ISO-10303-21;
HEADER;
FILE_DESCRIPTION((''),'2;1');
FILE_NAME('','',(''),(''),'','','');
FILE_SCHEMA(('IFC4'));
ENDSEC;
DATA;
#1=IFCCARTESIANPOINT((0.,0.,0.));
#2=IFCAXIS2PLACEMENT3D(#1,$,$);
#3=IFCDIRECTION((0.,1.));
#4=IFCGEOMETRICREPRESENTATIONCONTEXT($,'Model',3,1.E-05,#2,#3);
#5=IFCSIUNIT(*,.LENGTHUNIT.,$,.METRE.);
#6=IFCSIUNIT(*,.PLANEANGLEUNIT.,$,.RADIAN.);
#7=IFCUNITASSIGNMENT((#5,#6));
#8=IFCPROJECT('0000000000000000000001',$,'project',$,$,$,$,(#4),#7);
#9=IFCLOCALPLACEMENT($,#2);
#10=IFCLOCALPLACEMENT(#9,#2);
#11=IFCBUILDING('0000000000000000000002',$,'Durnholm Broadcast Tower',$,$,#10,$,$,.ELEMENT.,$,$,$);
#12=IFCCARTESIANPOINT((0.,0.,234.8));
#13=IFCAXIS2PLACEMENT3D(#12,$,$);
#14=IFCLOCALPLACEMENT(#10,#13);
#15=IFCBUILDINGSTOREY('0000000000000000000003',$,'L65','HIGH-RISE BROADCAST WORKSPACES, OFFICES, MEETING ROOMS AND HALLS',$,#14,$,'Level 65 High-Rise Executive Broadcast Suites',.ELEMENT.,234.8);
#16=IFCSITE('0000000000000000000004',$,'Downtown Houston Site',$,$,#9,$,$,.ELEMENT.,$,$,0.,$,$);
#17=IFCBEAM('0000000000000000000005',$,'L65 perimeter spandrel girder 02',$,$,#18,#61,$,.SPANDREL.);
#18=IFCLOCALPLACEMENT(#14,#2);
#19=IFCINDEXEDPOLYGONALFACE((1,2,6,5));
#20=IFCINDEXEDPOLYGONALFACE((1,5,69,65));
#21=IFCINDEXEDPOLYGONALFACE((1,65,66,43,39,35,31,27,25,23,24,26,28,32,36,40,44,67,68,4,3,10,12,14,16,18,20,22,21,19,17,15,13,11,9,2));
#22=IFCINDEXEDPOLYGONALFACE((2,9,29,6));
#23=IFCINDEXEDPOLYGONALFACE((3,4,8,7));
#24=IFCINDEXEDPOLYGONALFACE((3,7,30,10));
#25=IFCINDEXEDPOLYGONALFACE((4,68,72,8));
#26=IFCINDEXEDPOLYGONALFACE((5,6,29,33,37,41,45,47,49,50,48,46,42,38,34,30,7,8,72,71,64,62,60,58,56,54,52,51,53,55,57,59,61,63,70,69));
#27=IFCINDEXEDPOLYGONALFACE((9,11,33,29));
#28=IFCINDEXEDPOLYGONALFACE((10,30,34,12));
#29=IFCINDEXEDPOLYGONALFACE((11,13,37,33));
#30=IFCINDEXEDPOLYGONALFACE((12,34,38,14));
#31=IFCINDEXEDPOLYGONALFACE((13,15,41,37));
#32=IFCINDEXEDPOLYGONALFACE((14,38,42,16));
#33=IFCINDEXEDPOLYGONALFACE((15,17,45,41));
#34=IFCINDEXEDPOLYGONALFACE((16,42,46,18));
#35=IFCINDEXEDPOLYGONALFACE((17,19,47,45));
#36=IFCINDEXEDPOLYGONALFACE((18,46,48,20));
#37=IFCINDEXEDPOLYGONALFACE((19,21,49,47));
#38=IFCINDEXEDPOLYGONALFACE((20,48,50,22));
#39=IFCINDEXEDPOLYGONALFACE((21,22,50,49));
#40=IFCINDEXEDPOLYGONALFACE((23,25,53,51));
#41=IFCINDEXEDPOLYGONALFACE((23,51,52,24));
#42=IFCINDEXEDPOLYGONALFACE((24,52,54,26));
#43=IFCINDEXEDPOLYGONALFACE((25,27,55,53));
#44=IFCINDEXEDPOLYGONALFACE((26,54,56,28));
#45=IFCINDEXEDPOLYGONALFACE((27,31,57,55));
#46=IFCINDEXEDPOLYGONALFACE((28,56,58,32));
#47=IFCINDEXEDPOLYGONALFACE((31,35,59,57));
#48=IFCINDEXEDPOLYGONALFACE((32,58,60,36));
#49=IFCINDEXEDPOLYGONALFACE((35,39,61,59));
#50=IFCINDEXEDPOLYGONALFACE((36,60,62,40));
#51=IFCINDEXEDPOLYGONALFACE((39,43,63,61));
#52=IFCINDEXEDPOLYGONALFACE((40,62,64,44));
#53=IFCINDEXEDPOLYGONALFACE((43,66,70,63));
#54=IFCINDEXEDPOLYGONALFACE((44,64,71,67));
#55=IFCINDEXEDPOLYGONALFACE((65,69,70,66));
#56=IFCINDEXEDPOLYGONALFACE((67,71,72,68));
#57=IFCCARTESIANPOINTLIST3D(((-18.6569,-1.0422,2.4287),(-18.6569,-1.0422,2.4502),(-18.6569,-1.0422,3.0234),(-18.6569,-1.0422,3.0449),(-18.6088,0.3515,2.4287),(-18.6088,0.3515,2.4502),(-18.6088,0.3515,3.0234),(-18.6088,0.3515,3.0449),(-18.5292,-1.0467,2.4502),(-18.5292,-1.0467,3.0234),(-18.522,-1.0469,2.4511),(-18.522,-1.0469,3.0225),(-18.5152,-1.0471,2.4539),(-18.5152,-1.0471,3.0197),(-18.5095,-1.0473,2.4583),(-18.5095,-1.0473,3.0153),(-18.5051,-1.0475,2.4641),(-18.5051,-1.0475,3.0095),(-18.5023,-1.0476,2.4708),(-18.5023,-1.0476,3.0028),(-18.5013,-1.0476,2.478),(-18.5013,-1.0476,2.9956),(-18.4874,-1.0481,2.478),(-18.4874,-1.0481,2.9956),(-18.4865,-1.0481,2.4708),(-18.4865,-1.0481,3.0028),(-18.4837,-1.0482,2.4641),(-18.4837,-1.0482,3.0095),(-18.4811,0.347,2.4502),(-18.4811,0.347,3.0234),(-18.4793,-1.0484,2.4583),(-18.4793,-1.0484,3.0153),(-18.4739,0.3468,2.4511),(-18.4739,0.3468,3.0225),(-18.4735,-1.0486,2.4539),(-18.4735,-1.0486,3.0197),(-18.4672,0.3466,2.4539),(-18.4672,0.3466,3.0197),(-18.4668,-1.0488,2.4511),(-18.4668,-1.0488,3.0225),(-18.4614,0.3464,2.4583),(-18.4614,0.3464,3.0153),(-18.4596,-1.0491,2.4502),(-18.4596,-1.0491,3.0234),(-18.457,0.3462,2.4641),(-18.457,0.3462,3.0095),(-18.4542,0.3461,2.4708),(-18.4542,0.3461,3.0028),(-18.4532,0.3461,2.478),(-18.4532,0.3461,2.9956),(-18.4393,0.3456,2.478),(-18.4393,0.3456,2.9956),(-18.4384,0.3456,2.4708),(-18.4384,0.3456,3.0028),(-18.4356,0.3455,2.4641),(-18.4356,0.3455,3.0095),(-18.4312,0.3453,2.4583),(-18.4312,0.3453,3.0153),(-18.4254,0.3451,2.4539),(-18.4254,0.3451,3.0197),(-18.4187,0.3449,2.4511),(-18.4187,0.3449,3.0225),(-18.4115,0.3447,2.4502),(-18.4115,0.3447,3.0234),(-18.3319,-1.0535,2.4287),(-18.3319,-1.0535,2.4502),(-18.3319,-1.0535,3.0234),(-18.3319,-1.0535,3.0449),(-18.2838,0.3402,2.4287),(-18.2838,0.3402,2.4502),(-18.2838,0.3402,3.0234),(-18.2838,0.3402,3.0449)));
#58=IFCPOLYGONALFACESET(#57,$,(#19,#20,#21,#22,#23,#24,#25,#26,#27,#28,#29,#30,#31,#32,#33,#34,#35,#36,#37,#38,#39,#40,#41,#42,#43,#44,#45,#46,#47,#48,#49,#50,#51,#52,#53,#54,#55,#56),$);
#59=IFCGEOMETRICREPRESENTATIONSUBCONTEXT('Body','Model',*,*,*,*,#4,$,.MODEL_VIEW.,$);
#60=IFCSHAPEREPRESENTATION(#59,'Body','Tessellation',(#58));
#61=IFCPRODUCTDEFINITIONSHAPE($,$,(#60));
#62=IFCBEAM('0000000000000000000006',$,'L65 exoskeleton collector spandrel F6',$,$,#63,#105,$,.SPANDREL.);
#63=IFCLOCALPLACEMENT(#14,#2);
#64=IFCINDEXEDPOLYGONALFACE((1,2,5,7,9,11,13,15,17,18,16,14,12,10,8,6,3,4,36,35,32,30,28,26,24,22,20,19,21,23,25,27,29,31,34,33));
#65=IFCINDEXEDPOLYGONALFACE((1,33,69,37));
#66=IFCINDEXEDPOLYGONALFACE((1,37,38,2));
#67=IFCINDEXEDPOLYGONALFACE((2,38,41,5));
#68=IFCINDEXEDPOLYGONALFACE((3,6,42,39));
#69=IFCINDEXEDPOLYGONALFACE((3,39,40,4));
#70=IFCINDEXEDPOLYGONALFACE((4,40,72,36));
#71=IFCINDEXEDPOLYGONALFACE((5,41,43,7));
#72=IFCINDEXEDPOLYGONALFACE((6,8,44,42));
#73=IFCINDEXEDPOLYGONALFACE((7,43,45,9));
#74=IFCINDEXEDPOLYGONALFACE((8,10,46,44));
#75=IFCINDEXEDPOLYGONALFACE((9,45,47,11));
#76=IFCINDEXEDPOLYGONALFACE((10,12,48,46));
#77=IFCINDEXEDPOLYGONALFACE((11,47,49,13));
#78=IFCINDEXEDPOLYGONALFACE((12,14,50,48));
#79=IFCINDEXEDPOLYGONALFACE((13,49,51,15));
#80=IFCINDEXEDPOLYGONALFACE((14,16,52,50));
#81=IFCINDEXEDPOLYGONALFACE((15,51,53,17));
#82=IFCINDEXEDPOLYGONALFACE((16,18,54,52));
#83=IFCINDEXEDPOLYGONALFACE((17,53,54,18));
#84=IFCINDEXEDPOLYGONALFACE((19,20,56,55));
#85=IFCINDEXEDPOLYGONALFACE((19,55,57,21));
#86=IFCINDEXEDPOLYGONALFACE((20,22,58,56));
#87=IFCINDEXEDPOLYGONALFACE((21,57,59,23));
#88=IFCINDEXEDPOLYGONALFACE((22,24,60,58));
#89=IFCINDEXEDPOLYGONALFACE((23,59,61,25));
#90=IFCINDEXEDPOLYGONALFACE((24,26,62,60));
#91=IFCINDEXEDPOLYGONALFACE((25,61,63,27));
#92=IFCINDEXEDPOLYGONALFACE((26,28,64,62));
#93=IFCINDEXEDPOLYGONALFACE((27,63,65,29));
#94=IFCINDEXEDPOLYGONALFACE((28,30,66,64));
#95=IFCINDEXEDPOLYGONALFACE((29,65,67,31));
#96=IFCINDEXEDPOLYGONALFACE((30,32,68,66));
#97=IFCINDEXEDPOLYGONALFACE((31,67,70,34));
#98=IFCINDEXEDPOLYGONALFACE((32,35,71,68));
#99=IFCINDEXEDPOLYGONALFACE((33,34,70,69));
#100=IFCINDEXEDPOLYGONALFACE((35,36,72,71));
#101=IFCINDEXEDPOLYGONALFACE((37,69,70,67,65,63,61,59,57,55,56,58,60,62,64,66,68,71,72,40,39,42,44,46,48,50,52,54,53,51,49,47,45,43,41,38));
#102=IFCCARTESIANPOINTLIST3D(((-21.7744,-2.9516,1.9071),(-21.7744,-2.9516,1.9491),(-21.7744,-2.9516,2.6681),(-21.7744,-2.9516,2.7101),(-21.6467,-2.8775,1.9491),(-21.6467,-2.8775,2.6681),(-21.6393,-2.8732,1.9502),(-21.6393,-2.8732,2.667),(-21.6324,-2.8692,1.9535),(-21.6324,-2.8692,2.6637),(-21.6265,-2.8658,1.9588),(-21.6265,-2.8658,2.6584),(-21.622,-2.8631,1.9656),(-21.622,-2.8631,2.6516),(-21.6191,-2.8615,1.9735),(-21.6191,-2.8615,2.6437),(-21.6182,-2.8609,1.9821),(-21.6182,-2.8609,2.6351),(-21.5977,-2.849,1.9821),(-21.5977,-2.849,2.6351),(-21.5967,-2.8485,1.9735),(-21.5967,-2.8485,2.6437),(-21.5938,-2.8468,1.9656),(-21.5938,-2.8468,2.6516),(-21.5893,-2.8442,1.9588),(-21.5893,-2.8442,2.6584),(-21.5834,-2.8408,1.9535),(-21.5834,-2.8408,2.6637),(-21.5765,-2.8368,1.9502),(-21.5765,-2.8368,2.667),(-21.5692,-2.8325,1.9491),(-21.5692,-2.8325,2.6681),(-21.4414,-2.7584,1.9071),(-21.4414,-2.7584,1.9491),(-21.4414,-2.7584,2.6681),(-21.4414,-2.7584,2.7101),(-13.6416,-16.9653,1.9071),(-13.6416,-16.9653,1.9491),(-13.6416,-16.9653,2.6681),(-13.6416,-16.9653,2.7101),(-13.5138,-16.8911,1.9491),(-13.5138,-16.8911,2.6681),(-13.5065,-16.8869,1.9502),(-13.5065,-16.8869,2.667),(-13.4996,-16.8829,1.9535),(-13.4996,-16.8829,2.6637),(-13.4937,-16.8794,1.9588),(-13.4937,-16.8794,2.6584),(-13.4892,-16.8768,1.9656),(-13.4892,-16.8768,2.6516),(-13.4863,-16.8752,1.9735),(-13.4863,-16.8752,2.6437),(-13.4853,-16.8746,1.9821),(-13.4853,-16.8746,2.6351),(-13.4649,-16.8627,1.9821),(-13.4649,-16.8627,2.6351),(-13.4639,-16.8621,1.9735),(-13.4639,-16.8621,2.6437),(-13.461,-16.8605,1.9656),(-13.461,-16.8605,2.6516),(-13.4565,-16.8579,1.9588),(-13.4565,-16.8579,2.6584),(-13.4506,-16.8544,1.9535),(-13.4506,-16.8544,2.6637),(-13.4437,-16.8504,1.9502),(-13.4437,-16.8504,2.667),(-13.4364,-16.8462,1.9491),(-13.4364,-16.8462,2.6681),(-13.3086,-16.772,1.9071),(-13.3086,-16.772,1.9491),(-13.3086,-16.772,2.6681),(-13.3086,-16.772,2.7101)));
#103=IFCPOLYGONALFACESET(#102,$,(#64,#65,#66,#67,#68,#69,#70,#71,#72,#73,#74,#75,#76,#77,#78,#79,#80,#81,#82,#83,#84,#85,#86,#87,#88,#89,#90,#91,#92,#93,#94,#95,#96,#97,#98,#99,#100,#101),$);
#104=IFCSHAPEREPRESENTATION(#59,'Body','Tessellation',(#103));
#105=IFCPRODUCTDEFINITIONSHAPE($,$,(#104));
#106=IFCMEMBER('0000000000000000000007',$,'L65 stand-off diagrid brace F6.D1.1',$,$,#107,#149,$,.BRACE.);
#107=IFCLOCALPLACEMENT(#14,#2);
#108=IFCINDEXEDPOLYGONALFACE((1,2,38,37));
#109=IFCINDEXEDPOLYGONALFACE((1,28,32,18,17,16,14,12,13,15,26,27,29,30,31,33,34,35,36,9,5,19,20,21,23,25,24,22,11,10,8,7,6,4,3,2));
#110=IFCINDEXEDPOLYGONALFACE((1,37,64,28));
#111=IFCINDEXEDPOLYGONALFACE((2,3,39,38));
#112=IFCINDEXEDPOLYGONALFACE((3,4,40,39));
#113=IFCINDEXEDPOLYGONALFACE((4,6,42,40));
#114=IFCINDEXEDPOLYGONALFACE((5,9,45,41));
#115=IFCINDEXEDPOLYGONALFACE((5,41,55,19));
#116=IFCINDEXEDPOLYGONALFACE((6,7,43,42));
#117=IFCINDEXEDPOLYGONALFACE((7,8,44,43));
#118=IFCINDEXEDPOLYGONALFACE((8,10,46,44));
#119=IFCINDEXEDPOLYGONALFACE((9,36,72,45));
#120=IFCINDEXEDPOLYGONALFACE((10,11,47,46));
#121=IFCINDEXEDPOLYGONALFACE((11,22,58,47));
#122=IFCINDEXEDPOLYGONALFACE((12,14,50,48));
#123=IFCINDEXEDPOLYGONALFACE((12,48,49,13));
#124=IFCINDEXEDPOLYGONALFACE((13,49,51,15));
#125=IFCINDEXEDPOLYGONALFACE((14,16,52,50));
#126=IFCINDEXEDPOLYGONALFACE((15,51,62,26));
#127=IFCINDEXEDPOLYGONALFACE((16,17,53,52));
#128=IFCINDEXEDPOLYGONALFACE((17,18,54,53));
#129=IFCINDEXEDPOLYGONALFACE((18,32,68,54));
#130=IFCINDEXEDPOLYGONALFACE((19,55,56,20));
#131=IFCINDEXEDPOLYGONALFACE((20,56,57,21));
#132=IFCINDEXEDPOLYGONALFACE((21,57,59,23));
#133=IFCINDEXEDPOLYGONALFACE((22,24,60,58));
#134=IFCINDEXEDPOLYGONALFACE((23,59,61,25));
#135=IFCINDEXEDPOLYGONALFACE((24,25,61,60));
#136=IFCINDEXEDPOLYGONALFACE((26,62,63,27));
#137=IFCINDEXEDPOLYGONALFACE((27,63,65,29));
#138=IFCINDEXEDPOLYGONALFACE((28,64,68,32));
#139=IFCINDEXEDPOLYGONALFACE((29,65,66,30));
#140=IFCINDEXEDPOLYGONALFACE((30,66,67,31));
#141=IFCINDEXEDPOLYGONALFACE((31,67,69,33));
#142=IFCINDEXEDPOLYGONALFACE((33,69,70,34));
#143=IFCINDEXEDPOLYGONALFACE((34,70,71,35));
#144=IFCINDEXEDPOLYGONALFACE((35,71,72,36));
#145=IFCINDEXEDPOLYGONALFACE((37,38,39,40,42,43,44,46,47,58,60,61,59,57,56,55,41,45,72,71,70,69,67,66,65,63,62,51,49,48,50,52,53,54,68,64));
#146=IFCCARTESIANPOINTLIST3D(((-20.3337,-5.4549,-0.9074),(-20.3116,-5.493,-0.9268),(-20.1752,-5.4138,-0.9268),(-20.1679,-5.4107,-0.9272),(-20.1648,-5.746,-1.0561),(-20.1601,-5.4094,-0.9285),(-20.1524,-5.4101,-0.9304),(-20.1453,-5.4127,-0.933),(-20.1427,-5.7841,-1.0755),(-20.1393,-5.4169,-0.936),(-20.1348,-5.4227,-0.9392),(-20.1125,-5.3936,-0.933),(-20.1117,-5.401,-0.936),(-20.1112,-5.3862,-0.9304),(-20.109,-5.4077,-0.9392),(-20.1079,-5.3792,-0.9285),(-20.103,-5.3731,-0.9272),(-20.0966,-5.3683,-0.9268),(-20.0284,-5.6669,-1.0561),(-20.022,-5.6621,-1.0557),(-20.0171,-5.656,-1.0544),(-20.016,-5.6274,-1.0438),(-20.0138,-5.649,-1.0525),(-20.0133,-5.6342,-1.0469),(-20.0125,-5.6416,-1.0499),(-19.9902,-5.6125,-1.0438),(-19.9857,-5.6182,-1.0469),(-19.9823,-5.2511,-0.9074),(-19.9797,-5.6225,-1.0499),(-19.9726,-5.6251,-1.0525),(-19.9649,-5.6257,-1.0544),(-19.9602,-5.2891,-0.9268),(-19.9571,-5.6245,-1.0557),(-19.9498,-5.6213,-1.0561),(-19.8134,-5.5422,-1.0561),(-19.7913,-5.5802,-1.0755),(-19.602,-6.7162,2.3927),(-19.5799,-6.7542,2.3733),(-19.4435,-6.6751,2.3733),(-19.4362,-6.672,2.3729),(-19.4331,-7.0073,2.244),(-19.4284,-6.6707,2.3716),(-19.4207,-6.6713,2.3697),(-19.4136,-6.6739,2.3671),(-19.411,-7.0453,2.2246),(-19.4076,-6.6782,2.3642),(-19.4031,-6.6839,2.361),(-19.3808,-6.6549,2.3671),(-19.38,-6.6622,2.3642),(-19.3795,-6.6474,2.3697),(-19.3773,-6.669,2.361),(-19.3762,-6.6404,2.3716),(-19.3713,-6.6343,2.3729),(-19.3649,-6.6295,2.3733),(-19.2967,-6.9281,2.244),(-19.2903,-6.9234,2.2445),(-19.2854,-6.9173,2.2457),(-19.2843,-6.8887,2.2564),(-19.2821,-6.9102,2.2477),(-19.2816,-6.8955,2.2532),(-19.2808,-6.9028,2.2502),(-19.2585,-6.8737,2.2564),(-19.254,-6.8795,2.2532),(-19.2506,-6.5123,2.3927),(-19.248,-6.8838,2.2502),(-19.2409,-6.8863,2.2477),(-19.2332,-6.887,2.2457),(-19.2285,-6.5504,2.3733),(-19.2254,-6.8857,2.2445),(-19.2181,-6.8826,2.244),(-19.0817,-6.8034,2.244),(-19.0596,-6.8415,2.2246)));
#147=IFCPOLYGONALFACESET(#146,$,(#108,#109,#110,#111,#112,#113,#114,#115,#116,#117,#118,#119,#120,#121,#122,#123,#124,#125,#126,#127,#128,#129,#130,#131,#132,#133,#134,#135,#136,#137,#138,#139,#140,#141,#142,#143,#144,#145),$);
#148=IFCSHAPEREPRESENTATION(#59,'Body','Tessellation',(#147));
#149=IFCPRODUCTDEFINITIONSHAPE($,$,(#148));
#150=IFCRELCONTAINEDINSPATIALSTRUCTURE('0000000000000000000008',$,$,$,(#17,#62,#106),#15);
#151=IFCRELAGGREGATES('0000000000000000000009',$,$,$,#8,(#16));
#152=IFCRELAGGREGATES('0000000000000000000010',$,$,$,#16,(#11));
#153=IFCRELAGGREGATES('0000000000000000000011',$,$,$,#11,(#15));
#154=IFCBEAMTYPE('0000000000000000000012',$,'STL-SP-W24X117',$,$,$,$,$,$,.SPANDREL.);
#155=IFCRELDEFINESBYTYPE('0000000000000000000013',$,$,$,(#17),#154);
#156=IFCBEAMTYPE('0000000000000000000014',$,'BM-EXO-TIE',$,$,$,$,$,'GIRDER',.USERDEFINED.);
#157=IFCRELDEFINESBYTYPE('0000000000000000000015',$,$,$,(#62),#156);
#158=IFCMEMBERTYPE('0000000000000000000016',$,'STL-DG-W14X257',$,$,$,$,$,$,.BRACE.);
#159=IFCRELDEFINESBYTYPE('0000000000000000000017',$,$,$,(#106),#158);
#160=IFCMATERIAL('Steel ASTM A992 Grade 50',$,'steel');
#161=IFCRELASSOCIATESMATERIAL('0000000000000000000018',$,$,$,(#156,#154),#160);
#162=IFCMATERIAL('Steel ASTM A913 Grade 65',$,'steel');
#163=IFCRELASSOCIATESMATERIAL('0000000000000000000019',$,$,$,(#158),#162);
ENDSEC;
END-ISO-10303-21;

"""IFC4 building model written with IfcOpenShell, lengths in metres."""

from ifc_helpers import new_model, si_unit, direction, frame, origin, origin_2d, place, context, subcontext, project, spatial, i_section, extrude, source, transform, mapped, material, material_profile, profile_set, type_object, type_shapes, element, save


model = new_model("IFC4")

# Units and contexts
model_context = context("Model", 3, precision=1e-05, world=origin(), true_north=direction((0.0, 1.0)))
body_context = subcontext(model_context, "Body", "Model", "MODEL_VIEW")
ifc_project = project(units=[si_unit("LENGTHUNIT", "METRE"), si_unit("PLANEANGLEUNIT", "RADIAN")], contexts=[model_context])

# Site, building, storey
site_placement = place(None, origin())
site = spatial("IfcSite", under=ifc_project, at=site_placement, Name="Downtown Houston Site", CompositionType="ELEMENT", RefElevation=0.0)
building_placement = place(site_placement, origin())
building = spatial("IfcBuilding", under=site, at=building_placement, Name="Durnholm Broadcast Tower", CompositionType="ELEMENT")
storey_placement = place(building_placement, frame((0.0, 0.0, 234.8)))
storey = spatial("IfcBuildingStorey", under=building, at=storey_placement, Name="L65", Description="HIGH-RISE BROADCAST WORKSPACES, OFFICES, MEETING ROOMS AND HALLS", LongName="Level 65 High-Rise Executive Broadcast Suites", CompositionType="ELEMENT", Elevation=234.8)

# Beams
ifc_material_1 = material(Name="Steel ASTM A992 Grade 50", Category="steel")
ifc_material_profile_1 = material_profile(ifc_material_1, i_section(OverallWidth=0.385, OverallDepth=0.803, WebThickness=0.0237, FlangeThickness=0.042, FilletRadius=0.033, at=origin_2d()), Name="W30X261")
ifc_profile_set_1 = profile_set([ifc_material_profile_1], Name="Steel ASTM A992 Grade 50")
beam_type_1 = type_object("IfcBeamType", Name="BM-EXO-TIE", ElementType="GIRDER", PredefinedType="USERDEFINED", material=ifc_profile_set_1)
ifc_material_profile_2 = material_profile(ifc_material_1, i_section(OverallWidth=0.3252, OverallDepth=0.6162, WebThickness=0.0139, FlangeThickness=0.0215, FilletRadius=0.0278, at=origin_2d()), Name="W24X117")
ifc_profile_set_2 = profile_set([ifc_material_profile_2], Name="Steel ASTM A992 Grade 50")
beam_type_2 = type_object("IfcBeamType", Name="STL-SP-W24X117", PredefinedType="SPANDREL", material=ifc_profile_set_2)
shared_shape_1 = source(origin(), body_context, "Body", "SweptSolid", [
    extrude(i_section(OverallWidth=0.3252, OverallDepth=0.6162, WebThickness=0.0139, FlangeThickness=0.0215, FilletRadius=0.0278, at=origin_2d()), origin(), (0.0, 0.0, 1.0), 1.3945),
])
beam_1_placement = place(storey_placement, frame((-18.4944, -1.0479, 2.7368), z_axis=(0.034486, 0.999405, 0.0), x_axis=(-0.999405, 0.034486, 0.0)))
element("IfcBeam", 1, at=beam_1_placement, inside=storey, type_object=beam_type_2, Name="L65 perimeter spandrel girder 02", PredefinedType="SPANDREL", context=body_context, shape_type="MappedRepresentation", body=[
    mapped(shared_shape_1, transform((0.0, 0.0, 0.0), x_axis=(1.0, 0.0, 0.0), y_axis=(0.0, 1.0, 0.0), z_axis=(0.0, 0.0, 1.0), scale=1.0)),
])
shared_shape_2 = source(origin(), body_context, "Body", "SweptSolid", [
    extrude(i_section(OverallWidth=0.385, OverallDepth=0.803, WebThickness=0.0237, FlangeThickness=0.042, FilletRadius=0.033, at=origin_2d()), origin(), (0.0, 0.0, 1.0), 16.2026),
])
beam_2_placement = place(storey_placement, frame((-21.6079, -2.855, 2.3086), z_axis=(0.501944, -0.8649, 0.0), x_axis=(0.8649, 0.501944, 0.0)))
element("IfcBeam", 2, at=beam_2_placement, inside=storey, type_object=beam_type_1, Name="L65 exoskeleton collector spandrel F6", PredefinedType="SPANDREL", context=body_context, shape_type="MappedRepresentation", body=[
    mapped(shared_shape_2, transform((0.0, 0.0, 0.0), x_axis=(1.0, 0.0, 0.0), y_axis=(0.0, 1.0, 0.0), z_axis=(0.0, 0.0, 1.0), scale=1.0)),
])

# Member
ifc_material_2 = material(Name="Steel ASTM A913 Grade 65", Category="steel")
ifc_material_profile_3 = material_profile(ifc_material_2, i_section(OverallWidth=0.4062, OverallDepth=0.416, WebThickness=0.0298, FlangeThickness=0.0481, FilletRadius=0.0305, at=origin_2d()), Name="W14X257")
ifc_profile_set_3 = profile_set([ifc_material_profile_3], Name="Steel ASTM A913 Grade 65")
member_type_1 = type_object("IfcMemberType", Name="STL-DG-W14X257", PredefinedType="BRACE", material=ifc_profile_set_3)
shared_shape_3 = source(origin(), body_context, "Body", "SweptSolid", [
    extrude(i_section(OverallWidth=0.4062, OverallDepth=0.416, WebThickness=0.0298, FlangeThickness=0.0481, FilletRadius=0.0305, at=origin_2d()), origin(), (0.0, 0.0, 1.0), 3.6079),
])
type_shapes(member_type_1, [shared_shape_3])
for number, where, z_axis, x_axis, name in (
    (3, (-20.0625, -5.5176, -0.9915), (0.202806, -0.349582, 0.914692), (0.864979, 0.501808, 0.0), "L65 stand-off diagrid brace F6.D1.1"),
):
    element("IfcMember", number, at=place(storey_placement, frame(where, z_axis=z_axis, x_axis=x_axis)), inside=storey, type_object=member_type_1, Name=name, PredefinedType="BRACE", context=body_context, shape_type="MappedRepresentation", body=[
        mapped(shared_shape_3, transform((0.0, 0.0, 0.0), x_axis=(1.0, 0.0, 0.0), y_axis=(0.0, 1.0, 0.0), z_axis=(0.0, 0.0, 1.0), scale=1.0)),
    ])

save(model, "model.ifc")
